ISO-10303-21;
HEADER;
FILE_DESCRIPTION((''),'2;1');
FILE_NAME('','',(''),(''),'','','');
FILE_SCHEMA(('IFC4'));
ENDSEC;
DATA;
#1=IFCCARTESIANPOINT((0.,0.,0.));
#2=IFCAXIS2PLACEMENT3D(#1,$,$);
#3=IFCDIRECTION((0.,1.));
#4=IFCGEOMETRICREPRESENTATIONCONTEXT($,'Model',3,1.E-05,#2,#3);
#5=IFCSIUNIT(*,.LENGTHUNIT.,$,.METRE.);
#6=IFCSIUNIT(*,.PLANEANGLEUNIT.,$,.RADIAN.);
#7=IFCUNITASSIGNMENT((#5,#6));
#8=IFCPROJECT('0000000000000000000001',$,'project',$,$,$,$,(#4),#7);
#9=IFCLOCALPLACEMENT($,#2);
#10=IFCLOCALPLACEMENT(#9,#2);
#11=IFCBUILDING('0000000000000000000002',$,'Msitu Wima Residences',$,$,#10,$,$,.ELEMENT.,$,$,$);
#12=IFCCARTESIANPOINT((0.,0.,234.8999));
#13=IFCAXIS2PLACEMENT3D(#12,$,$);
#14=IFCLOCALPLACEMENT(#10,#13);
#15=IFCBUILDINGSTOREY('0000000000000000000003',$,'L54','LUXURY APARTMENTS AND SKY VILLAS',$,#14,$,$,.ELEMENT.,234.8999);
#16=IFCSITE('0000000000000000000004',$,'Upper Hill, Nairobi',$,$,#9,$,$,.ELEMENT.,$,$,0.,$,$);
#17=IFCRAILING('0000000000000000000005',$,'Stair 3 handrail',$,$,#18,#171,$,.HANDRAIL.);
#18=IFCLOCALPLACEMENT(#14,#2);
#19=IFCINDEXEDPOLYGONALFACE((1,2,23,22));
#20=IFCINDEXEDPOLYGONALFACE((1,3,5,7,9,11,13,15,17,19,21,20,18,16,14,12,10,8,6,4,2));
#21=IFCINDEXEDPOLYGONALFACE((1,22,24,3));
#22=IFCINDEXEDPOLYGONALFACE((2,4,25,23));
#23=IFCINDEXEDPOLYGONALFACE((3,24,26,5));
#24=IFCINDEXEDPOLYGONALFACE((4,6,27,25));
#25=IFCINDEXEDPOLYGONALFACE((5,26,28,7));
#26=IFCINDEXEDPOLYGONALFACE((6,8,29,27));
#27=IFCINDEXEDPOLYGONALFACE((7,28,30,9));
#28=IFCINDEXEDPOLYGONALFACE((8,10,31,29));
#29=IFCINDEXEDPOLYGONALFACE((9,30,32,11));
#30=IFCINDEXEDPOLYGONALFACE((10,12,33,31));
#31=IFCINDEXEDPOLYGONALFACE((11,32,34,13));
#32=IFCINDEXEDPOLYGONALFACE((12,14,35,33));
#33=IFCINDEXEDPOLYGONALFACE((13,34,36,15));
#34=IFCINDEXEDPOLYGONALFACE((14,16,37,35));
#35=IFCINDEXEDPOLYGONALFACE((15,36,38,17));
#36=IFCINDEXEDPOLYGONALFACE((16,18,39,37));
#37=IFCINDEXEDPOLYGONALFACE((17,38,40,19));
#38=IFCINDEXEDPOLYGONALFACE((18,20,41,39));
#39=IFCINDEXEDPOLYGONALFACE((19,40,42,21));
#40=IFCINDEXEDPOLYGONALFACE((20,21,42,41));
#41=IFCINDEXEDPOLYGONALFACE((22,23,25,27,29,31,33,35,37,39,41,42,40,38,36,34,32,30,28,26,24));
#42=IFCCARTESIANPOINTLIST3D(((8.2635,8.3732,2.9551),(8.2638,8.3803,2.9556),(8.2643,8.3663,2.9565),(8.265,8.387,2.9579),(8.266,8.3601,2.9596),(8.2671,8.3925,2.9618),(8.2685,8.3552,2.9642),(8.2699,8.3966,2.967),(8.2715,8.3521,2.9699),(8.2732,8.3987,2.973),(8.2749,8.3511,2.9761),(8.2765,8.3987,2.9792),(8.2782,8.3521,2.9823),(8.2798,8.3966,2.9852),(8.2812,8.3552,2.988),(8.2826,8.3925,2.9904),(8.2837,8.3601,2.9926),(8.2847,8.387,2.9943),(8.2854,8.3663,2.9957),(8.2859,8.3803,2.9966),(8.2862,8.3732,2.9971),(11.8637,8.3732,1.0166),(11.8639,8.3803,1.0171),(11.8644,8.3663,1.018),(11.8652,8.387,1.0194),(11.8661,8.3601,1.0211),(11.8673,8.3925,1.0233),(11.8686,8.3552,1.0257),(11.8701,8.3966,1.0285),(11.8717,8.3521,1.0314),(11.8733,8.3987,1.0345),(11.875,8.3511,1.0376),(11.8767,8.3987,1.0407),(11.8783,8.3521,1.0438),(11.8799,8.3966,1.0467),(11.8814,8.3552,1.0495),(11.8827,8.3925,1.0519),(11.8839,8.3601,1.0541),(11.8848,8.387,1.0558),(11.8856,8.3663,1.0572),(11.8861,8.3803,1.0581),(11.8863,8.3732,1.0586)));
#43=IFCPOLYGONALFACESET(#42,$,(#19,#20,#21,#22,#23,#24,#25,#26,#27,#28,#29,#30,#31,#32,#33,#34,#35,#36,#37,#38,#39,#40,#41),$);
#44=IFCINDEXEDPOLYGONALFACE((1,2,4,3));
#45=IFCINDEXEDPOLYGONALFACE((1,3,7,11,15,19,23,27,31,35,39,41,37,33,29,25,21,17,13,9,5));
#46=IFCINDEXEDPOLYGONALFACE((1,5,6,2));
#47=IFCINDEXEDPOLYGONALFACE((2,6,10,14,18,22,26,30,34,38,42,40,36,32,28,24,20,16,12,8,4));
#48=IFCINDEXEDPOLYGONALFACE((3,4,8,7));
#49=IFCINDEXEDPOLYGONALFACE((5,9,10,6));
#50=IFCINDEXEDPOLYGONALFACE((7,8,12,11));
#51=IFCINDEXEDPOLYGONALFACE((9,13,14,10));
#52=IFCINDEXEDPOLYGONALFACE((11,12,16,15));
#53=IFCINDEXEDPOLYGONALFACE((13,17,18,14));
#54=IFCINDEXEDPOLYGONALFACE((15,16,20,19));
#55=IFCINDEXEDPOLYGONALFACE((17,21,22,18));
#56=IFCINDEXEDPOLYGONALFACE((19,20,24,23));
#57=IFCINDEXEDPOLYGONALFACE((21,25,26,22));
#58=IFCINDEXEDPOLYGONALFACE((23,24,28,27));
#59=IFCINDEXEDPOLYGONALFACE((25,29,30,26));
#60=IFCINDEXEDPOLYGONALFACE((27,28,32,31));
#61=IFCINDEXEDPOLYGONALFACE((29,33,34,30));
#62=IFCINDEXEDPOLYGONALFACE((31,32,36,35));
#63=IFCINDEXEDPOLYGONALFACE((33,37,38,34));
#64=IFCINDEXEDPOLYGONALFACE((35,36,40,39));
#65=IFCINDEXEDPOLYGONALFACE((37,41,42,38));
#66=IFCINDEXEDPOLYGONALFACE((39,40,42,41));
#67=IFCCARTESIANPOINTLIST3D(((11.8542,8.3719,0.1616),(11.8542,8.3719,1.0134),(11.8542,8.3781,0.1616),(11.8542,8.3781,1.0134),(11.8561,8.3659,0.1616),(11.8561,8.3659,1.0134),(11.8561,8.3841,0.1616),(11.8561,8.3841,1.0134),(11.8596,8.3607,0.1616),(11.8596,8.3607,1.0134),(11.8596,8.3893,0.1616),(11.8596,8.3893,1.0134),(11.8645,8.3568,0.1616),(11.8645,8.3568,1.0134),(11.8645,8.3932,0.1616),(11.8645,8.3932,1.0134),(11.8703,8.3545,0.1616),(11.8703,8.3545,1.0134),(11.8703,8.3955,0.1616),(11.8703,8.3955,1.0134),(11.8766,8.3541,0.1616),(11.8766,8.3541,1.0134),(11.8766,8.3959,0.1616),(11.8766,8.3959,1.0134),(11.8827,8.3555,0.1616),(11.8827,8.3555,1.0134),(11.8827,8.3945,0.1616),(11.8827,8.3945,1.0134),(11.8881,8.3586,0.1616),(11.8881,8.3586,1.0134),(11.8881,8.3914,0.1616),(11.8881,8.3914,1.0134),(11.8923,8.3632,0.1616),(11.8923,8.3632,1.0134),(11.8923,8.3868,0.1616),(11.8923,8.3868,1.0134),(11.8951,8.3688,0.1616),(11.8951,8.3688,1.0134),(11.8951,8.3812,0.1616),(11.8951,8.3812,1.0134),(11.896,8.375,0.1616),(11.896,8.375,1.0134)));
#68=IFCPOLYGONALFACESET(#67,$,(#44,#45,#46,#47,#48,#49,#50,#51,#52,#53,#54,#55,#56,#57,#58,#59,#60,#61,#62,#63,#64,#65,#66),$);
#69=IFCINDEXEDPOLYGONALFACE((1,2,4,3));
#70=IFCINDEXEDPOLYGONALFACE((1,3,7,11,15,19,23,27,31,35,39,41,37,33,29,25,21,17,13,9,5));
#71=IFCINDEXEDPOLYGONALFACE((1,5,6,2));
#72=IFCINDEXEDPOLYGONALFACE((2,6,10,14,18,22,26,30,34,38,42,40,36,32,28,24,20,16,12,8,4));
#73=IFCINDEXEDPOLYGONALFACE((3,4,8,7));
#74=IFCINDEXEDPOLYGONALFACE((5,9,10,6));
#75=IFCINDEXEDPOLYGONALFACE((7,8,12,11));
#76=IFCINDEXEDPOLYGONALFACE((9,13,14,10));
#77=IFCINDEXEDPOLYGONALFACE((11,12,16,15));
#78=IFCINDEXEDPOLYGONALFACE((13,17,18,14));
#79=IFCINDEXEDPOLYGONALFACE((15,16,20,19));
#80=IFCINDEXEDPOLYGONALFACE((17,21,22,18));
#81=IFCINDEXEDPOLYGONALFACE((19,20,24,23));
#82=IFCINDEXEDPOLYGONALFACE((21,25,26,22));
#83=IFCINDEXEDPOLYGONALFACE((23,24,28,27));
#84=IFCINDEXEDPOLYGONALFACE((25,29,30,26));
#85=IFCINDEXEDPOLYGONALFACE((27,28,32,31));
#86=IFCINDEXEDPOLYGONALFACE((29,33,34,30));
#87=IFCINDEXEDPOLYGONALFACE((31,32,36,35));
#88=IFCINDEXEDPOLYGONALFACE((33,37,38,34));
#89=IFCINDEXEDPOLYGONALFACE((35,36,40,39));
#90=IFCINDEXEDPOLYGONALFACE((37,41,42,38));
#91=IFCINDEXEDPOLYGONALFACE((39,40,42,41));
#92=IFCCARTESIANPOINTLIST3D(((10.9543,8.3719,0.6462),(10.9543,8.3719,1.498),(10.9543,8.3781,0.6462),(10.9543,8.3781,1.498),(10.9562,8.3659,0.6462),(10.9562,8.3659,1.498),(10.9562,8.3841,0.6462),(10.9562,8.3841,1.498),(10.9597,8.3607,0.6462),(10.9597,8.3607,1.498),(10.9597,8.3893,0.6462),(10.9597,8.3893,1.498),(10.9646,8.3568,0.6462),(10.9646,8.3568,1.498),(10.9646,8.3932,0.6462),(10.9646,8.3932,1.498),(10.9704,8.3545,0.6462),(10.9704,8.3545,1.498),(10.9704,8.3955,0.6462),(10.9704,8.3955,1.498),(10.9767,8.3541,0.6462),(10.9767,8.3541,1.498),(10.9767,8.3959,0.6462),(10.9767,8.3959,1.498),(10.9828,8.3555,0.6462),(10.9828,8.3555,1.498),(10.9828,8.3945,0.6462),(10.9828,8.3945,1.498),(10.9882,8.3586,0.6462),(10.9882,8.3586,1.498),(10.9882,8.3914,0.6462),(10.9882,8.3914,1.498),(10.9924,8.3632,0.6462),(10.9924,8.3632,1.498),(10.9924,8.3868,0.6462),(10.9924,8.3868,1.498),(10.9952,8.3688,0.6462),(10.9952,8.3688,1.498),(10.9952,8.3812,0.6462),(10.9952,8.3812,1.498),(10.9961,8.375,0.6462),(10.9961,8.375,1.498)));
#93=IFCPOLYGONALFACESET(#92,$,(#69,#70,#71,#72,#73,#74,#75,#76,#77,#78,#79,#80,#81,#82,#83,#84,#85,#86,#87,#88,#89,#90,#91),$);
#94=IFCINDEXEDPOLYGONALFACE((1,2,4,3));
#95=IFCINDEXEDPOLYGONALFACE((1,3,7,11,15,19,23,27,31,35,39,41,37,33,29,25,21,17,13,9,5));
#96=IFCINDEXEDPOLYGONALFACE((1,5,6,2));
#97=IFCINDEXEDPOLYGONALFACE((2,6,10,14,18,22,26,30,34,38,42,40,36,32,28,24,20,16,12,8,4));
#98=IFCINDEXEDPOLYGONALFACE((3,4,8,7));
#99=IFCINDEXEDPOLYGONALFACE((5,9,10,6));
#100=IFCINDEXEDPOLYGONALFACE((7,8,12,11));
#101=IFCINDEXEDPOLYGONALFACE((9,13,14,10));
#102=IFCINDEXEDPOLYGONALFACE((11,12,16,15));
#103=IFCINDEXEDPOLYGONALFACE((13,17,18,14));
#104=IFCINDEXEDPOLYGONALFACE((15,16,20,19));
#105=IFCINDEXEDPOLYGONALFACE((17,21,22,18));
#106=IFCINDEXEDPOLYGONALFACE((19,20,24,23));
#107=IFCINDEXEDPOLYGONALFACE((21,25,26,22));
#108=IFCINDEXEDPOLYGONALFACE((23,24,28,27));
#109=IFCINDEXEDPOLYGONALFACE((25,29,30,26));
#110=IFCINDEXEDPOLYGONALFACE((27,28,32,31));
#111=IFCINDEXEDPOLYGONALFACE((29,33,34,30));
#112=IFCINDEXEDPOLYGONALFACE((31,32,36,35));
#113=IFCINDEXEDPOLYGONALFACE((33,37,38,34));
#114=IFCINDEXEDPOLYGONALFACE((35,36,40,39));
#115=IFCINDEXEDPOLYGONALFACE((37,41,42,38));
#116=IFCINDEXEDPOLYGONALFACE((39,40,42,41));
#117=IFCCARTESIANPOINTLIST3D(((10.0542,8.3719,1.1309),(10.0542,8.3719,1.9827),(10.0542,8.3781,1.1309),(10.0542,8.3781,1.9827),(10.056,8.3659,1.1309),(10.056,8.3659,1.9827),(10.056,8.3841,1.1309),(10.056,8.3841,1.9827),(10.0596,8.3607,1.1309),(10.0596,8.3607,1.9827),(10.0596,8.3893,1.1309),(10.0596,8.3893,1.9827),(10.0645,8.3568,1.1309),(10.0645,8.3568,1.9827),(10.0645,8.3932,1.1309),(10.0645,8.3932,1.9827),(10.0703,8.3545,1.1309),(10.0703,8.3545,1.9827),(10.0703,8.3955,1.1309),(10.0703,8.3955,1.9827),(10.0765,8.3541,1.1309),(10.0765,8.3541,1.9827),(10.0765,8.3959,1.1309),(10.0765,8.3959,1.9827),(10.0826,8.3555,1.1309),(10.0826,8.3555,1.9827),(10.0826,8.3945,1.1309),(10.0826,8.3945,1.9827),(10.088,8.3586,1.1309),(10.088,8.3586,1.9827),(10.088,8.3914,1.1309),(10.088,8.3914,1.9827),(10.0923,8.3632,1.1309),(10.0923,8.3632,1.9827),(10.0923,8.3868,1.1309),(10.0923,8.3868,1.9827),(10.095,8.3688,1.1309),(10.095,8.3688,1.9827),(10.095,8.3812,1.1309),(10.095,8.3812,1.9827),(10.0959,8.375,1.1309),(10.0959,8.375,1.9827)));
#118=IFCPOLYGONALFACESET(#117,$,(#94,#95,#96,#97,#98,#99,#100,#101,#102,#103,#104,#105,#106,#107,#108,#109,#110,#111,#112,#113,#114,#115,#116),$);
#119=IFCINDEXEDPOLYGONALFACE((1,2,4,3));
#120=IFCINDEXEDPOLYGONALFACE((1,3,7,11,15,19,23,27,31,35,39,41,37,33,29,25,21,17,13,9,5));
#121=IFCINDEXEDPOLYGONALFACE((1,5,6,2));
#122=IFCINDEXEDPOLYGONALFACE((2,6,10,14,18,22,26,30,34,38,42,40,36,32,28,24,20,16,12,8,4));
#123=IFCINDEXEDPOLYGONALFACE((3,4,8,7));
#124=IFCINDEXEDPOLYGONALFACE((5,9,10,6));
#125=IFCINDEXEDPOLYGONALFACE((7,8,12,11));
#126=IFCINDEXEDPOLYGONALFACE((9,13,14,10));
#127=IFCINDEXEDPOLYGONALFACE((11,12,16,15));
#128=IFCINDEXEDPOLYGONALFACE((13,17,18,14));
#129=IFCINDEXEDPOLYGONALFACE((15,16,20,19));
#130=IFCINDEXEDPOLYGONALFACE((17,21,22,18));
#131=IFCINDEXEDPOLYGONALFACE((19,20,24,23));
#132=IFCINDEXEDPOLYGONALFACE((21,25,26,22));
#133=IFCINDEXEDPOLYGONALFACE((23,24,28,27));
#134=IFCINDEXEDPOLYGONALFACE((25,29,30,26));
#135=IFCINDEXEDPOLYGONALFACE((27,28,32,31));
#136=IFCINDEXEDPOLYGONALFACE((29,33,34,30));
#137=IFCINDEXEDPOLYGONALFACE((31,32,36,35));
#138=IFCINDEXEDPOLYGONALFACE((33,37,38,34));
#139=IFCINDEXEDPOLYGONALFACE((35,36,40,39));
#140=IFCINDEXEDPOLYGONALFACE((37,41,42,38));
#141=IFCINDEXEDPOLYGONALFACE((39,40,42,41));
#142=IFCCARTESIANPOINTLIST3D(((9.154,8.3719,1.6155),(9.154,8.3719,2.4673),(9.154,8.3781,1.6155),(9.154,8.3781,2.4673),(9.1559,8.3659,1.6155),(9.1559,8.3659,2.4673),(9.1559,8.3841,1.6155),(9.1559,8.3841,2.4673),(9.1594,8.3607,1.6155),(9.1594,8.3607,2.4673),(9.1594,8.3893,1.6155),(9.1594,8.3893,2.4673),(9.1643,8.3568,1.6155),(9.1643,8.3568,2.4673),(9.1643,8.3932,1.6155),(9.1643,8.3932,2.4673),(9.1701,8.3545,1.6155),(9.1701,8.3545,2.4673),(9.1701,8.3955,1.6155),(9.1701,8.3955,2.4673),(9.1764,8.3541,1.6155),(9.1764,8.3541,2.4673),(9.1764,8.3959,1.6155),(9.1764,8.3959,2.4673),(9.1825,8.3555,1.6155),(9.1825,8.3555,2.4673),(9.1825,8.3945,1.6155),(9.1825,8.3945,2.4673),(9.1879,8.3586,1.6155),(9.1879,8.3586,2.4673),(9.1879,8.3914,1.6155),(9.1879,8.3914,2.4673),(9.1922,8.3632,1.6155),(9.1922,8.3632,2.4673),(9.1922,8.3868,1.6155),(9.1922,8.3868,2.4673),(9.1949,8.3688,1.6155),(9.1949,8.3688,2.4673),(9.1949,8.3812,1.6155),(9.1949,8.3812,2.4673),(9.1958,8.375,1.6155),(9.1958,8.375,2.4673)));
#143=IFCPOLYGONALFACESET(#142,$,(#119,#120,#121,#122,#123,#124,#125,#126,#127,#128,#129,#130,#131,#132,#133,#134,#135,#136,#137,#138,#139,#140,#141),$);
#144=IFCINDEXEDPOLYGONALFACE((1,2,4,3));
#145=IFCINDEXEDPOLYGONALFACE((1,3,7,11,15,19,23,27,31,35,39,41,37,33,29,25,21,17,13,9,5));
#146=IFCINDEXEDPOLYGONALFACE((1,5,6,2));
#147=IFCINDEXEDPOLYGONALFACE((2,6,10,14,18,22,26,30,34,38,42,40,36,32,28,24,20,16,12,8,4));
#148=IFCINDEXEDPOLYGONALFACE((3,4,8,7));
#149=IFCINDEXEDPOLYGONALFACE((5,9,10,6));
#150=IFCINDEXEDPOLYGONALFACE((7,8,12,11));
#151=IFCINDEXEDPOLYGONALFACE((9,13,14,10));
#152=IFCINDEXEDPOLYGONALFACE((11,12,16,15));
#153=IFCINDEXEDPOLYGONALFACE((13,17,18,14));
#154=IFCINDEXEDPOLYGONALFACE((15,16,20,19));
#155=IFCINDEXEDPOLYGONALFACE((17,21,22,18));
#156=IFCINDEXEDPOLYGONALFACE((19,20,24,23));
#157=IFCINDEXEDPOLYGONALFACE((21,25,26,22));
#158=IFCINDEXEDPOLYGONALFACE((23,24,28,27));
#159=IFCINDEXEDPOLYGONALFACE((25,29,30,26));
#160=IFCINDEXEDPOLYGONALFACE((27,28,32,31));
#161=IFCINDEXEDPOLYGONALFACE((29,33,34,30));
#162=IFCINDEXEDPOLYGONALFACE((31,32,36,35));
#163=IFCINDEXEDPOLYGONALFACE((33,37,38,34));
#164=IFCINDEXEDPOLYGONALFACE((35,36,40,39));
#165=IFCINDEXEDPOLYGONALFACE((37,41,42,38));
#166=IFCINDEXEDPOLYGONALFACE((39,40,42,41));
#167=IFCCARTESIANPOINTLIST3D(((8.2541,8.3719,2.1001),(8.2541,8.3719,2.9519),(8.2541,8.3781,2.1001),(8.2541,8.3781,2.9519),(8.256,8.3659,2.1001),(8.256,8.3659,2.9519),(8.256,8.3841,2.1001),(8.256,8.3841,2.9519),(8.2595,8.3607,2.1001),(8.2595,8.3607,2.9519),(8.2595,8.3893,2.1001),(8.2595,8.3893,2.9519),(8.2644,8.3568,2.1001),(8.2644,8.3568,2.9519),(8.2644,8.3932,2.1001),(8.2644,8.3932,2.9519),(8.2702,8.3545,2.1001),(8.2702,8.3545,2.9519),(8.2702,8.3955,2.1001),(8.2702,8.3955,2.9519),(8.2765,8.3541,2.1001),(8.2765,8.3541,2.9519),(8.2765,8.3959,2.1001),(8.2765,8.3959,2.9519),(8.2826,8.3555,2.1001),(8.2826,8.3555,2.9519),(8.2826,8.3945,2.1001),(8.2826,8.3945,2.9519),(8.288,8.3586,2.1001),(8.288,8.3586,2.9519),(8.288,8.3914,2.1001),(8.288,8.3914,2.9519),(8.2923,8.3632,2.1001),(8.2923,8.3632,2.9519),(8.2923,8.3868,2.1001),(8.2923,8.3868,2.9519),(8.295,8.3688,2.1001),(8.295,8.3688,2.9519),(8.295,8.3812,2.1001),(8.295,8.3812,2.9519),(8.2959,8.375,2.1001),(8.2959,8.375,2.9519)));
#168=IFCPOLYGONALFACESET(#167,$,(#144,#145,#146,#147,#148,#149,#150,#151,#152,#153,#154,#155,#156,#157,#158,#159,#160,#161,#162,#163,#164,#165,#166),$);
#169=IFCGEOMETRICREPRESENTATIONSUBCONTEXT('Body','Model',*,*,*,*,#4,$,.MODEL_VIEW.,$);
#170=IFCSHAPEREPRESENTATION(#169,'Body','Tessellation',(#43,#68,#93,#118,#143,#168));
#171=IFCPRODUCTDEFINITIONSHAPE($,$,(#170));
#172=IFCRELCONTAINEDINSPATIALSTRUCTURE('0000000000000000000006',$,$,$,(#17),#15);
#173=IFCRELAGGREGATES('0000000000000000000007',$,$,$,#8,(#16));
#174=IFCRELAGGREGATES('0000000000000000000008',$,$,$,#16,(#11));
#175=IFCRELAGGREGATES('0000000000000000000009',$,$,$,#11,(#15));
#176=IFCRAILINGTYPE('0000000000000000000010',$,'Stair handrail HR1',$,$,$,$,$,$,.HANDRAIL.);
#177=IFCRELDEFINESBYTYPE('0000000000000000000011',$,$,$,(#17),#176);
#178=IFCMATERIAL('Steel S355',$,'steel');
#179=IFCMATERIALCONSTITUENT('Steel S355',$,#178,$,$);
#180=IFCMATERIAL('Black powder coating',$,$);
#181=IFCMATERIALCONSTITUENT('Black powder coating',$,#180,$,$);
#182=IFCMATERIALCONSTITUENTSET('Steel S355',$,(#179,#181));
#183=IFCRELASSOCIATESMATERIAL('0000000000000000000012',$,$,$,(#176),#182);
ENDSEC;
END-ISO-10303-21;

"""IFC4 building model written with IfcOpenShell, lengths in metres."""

from ifc_helpers import new_model, si_unit, direction, frame, origin, origin_2d, place, context, subcontext, project, spatial, circle, extrude, material, constituent, constituent_set, type_object, element, save


model = new_model("IFC4")

# Units and contexts
model_context = context("Model", 3, precision=1e-05, world=origin(), true_north=direction((0.0, 1.0)))
body_context = subcontext(model_context, "Body", "Model", "MODEL_VIEW")
ifc_project = project(units=[si_unit("LENGTHUNIT", "METRE"), si_unit("PLANEANGLEUNIT", "RADIAN")], contexts=[model_context])

# Site, building, storey
site_placement = place(None, origin())
site = spatial("IfcSite", under=ifc_project, at=site_placement, Name="Upper Hill, Nairobi", CompositionType="ELEMENT", RefElevation=0.0)
building_placement = place(site_placement, origin())
building = spatial("IfcBuilding", under=site, at=building_placement, Name="Msitu Wima Residences", CompositionType="ELEMENT")
storey_placement = place(building_placement, frame((0.0, 0.0, 234.8999)))
storey = spatial("IfcBuildingStorey", under=building, at=storey_placement, Name="L54", Description="LUXURY APARTMENTS AND SKY VILLAS", CompositionType="ELEMENT", Elevation=234.8999)

# Railing
ifc_material_1 = material(Name="Steel S355", Category="steel")
ifc_constituent_1 = constituent(ifc_material_1, Name="Steel S355")
ifc_material_2 = material(Name="Black powder coating")
ifc_constituent_2 = constituent(ifc_material_2, Name="Black powder coating")
ifc_constituent_set = constituent_set(constituents=[ifc_constituent_1, ifc_constituent_2], Name="Steel S355")
railing_type = type_object("IfcRailingType", Name="Stair handrail HR1", PredefinedType="HANDRAIL", material=ifc_constituent_set)
for number, where, name in (
    (1, (11.875, 8.375, 0.1616), "Stair 3 handrail"),
):
    element("IfcRailing", number, at=place(storey_placement, frame(where)), inside=storey, type_object=railing_type, Name=name, PredefinedType="HANDRAIL", context=body_context, shape_type="SweptSolid", body=[
        extrude(circle(Radius=0.0239, at=origin_2d()), frame((0.0, 0.0, 0.876), z_axis=(-0.880475, 0.0, 0.474093), x_axis=(0.0, -1.0, 0.0)), (0.0, 0.0, 1.0), 4.0889),
        extrude(circle(Radius=0.021, at=origin_2d()), origin(), (0.0, 0.0, 1.0), 0.8518),
        extrude(circle(Radius=0.021, at=origin_2d()), frame((-0.8999, 0.0, 0.4846)), (0.0, 0.0, 1.0), 0.8518),
        extrude(circle(Radius=0.021, at=origin_2d()), frame((-1.8, 0.0, 0.9692)), (0.0, 0.0, 1.0), 0.8518),
        extrude(circle(Radius=0.021, at=origin_2d()), frame((-2.7002, 0.0, 1.4539)), (0.0, 0.0, 1.0), 0.8518),
        extrude(circle(Radius=0.021, at=origin_2d()), frame((-3.6001, 0.0, 1.9385)), (0.0, 0.0, 1.0), 0.8518),
    ])

save(model, "model.ifc")
